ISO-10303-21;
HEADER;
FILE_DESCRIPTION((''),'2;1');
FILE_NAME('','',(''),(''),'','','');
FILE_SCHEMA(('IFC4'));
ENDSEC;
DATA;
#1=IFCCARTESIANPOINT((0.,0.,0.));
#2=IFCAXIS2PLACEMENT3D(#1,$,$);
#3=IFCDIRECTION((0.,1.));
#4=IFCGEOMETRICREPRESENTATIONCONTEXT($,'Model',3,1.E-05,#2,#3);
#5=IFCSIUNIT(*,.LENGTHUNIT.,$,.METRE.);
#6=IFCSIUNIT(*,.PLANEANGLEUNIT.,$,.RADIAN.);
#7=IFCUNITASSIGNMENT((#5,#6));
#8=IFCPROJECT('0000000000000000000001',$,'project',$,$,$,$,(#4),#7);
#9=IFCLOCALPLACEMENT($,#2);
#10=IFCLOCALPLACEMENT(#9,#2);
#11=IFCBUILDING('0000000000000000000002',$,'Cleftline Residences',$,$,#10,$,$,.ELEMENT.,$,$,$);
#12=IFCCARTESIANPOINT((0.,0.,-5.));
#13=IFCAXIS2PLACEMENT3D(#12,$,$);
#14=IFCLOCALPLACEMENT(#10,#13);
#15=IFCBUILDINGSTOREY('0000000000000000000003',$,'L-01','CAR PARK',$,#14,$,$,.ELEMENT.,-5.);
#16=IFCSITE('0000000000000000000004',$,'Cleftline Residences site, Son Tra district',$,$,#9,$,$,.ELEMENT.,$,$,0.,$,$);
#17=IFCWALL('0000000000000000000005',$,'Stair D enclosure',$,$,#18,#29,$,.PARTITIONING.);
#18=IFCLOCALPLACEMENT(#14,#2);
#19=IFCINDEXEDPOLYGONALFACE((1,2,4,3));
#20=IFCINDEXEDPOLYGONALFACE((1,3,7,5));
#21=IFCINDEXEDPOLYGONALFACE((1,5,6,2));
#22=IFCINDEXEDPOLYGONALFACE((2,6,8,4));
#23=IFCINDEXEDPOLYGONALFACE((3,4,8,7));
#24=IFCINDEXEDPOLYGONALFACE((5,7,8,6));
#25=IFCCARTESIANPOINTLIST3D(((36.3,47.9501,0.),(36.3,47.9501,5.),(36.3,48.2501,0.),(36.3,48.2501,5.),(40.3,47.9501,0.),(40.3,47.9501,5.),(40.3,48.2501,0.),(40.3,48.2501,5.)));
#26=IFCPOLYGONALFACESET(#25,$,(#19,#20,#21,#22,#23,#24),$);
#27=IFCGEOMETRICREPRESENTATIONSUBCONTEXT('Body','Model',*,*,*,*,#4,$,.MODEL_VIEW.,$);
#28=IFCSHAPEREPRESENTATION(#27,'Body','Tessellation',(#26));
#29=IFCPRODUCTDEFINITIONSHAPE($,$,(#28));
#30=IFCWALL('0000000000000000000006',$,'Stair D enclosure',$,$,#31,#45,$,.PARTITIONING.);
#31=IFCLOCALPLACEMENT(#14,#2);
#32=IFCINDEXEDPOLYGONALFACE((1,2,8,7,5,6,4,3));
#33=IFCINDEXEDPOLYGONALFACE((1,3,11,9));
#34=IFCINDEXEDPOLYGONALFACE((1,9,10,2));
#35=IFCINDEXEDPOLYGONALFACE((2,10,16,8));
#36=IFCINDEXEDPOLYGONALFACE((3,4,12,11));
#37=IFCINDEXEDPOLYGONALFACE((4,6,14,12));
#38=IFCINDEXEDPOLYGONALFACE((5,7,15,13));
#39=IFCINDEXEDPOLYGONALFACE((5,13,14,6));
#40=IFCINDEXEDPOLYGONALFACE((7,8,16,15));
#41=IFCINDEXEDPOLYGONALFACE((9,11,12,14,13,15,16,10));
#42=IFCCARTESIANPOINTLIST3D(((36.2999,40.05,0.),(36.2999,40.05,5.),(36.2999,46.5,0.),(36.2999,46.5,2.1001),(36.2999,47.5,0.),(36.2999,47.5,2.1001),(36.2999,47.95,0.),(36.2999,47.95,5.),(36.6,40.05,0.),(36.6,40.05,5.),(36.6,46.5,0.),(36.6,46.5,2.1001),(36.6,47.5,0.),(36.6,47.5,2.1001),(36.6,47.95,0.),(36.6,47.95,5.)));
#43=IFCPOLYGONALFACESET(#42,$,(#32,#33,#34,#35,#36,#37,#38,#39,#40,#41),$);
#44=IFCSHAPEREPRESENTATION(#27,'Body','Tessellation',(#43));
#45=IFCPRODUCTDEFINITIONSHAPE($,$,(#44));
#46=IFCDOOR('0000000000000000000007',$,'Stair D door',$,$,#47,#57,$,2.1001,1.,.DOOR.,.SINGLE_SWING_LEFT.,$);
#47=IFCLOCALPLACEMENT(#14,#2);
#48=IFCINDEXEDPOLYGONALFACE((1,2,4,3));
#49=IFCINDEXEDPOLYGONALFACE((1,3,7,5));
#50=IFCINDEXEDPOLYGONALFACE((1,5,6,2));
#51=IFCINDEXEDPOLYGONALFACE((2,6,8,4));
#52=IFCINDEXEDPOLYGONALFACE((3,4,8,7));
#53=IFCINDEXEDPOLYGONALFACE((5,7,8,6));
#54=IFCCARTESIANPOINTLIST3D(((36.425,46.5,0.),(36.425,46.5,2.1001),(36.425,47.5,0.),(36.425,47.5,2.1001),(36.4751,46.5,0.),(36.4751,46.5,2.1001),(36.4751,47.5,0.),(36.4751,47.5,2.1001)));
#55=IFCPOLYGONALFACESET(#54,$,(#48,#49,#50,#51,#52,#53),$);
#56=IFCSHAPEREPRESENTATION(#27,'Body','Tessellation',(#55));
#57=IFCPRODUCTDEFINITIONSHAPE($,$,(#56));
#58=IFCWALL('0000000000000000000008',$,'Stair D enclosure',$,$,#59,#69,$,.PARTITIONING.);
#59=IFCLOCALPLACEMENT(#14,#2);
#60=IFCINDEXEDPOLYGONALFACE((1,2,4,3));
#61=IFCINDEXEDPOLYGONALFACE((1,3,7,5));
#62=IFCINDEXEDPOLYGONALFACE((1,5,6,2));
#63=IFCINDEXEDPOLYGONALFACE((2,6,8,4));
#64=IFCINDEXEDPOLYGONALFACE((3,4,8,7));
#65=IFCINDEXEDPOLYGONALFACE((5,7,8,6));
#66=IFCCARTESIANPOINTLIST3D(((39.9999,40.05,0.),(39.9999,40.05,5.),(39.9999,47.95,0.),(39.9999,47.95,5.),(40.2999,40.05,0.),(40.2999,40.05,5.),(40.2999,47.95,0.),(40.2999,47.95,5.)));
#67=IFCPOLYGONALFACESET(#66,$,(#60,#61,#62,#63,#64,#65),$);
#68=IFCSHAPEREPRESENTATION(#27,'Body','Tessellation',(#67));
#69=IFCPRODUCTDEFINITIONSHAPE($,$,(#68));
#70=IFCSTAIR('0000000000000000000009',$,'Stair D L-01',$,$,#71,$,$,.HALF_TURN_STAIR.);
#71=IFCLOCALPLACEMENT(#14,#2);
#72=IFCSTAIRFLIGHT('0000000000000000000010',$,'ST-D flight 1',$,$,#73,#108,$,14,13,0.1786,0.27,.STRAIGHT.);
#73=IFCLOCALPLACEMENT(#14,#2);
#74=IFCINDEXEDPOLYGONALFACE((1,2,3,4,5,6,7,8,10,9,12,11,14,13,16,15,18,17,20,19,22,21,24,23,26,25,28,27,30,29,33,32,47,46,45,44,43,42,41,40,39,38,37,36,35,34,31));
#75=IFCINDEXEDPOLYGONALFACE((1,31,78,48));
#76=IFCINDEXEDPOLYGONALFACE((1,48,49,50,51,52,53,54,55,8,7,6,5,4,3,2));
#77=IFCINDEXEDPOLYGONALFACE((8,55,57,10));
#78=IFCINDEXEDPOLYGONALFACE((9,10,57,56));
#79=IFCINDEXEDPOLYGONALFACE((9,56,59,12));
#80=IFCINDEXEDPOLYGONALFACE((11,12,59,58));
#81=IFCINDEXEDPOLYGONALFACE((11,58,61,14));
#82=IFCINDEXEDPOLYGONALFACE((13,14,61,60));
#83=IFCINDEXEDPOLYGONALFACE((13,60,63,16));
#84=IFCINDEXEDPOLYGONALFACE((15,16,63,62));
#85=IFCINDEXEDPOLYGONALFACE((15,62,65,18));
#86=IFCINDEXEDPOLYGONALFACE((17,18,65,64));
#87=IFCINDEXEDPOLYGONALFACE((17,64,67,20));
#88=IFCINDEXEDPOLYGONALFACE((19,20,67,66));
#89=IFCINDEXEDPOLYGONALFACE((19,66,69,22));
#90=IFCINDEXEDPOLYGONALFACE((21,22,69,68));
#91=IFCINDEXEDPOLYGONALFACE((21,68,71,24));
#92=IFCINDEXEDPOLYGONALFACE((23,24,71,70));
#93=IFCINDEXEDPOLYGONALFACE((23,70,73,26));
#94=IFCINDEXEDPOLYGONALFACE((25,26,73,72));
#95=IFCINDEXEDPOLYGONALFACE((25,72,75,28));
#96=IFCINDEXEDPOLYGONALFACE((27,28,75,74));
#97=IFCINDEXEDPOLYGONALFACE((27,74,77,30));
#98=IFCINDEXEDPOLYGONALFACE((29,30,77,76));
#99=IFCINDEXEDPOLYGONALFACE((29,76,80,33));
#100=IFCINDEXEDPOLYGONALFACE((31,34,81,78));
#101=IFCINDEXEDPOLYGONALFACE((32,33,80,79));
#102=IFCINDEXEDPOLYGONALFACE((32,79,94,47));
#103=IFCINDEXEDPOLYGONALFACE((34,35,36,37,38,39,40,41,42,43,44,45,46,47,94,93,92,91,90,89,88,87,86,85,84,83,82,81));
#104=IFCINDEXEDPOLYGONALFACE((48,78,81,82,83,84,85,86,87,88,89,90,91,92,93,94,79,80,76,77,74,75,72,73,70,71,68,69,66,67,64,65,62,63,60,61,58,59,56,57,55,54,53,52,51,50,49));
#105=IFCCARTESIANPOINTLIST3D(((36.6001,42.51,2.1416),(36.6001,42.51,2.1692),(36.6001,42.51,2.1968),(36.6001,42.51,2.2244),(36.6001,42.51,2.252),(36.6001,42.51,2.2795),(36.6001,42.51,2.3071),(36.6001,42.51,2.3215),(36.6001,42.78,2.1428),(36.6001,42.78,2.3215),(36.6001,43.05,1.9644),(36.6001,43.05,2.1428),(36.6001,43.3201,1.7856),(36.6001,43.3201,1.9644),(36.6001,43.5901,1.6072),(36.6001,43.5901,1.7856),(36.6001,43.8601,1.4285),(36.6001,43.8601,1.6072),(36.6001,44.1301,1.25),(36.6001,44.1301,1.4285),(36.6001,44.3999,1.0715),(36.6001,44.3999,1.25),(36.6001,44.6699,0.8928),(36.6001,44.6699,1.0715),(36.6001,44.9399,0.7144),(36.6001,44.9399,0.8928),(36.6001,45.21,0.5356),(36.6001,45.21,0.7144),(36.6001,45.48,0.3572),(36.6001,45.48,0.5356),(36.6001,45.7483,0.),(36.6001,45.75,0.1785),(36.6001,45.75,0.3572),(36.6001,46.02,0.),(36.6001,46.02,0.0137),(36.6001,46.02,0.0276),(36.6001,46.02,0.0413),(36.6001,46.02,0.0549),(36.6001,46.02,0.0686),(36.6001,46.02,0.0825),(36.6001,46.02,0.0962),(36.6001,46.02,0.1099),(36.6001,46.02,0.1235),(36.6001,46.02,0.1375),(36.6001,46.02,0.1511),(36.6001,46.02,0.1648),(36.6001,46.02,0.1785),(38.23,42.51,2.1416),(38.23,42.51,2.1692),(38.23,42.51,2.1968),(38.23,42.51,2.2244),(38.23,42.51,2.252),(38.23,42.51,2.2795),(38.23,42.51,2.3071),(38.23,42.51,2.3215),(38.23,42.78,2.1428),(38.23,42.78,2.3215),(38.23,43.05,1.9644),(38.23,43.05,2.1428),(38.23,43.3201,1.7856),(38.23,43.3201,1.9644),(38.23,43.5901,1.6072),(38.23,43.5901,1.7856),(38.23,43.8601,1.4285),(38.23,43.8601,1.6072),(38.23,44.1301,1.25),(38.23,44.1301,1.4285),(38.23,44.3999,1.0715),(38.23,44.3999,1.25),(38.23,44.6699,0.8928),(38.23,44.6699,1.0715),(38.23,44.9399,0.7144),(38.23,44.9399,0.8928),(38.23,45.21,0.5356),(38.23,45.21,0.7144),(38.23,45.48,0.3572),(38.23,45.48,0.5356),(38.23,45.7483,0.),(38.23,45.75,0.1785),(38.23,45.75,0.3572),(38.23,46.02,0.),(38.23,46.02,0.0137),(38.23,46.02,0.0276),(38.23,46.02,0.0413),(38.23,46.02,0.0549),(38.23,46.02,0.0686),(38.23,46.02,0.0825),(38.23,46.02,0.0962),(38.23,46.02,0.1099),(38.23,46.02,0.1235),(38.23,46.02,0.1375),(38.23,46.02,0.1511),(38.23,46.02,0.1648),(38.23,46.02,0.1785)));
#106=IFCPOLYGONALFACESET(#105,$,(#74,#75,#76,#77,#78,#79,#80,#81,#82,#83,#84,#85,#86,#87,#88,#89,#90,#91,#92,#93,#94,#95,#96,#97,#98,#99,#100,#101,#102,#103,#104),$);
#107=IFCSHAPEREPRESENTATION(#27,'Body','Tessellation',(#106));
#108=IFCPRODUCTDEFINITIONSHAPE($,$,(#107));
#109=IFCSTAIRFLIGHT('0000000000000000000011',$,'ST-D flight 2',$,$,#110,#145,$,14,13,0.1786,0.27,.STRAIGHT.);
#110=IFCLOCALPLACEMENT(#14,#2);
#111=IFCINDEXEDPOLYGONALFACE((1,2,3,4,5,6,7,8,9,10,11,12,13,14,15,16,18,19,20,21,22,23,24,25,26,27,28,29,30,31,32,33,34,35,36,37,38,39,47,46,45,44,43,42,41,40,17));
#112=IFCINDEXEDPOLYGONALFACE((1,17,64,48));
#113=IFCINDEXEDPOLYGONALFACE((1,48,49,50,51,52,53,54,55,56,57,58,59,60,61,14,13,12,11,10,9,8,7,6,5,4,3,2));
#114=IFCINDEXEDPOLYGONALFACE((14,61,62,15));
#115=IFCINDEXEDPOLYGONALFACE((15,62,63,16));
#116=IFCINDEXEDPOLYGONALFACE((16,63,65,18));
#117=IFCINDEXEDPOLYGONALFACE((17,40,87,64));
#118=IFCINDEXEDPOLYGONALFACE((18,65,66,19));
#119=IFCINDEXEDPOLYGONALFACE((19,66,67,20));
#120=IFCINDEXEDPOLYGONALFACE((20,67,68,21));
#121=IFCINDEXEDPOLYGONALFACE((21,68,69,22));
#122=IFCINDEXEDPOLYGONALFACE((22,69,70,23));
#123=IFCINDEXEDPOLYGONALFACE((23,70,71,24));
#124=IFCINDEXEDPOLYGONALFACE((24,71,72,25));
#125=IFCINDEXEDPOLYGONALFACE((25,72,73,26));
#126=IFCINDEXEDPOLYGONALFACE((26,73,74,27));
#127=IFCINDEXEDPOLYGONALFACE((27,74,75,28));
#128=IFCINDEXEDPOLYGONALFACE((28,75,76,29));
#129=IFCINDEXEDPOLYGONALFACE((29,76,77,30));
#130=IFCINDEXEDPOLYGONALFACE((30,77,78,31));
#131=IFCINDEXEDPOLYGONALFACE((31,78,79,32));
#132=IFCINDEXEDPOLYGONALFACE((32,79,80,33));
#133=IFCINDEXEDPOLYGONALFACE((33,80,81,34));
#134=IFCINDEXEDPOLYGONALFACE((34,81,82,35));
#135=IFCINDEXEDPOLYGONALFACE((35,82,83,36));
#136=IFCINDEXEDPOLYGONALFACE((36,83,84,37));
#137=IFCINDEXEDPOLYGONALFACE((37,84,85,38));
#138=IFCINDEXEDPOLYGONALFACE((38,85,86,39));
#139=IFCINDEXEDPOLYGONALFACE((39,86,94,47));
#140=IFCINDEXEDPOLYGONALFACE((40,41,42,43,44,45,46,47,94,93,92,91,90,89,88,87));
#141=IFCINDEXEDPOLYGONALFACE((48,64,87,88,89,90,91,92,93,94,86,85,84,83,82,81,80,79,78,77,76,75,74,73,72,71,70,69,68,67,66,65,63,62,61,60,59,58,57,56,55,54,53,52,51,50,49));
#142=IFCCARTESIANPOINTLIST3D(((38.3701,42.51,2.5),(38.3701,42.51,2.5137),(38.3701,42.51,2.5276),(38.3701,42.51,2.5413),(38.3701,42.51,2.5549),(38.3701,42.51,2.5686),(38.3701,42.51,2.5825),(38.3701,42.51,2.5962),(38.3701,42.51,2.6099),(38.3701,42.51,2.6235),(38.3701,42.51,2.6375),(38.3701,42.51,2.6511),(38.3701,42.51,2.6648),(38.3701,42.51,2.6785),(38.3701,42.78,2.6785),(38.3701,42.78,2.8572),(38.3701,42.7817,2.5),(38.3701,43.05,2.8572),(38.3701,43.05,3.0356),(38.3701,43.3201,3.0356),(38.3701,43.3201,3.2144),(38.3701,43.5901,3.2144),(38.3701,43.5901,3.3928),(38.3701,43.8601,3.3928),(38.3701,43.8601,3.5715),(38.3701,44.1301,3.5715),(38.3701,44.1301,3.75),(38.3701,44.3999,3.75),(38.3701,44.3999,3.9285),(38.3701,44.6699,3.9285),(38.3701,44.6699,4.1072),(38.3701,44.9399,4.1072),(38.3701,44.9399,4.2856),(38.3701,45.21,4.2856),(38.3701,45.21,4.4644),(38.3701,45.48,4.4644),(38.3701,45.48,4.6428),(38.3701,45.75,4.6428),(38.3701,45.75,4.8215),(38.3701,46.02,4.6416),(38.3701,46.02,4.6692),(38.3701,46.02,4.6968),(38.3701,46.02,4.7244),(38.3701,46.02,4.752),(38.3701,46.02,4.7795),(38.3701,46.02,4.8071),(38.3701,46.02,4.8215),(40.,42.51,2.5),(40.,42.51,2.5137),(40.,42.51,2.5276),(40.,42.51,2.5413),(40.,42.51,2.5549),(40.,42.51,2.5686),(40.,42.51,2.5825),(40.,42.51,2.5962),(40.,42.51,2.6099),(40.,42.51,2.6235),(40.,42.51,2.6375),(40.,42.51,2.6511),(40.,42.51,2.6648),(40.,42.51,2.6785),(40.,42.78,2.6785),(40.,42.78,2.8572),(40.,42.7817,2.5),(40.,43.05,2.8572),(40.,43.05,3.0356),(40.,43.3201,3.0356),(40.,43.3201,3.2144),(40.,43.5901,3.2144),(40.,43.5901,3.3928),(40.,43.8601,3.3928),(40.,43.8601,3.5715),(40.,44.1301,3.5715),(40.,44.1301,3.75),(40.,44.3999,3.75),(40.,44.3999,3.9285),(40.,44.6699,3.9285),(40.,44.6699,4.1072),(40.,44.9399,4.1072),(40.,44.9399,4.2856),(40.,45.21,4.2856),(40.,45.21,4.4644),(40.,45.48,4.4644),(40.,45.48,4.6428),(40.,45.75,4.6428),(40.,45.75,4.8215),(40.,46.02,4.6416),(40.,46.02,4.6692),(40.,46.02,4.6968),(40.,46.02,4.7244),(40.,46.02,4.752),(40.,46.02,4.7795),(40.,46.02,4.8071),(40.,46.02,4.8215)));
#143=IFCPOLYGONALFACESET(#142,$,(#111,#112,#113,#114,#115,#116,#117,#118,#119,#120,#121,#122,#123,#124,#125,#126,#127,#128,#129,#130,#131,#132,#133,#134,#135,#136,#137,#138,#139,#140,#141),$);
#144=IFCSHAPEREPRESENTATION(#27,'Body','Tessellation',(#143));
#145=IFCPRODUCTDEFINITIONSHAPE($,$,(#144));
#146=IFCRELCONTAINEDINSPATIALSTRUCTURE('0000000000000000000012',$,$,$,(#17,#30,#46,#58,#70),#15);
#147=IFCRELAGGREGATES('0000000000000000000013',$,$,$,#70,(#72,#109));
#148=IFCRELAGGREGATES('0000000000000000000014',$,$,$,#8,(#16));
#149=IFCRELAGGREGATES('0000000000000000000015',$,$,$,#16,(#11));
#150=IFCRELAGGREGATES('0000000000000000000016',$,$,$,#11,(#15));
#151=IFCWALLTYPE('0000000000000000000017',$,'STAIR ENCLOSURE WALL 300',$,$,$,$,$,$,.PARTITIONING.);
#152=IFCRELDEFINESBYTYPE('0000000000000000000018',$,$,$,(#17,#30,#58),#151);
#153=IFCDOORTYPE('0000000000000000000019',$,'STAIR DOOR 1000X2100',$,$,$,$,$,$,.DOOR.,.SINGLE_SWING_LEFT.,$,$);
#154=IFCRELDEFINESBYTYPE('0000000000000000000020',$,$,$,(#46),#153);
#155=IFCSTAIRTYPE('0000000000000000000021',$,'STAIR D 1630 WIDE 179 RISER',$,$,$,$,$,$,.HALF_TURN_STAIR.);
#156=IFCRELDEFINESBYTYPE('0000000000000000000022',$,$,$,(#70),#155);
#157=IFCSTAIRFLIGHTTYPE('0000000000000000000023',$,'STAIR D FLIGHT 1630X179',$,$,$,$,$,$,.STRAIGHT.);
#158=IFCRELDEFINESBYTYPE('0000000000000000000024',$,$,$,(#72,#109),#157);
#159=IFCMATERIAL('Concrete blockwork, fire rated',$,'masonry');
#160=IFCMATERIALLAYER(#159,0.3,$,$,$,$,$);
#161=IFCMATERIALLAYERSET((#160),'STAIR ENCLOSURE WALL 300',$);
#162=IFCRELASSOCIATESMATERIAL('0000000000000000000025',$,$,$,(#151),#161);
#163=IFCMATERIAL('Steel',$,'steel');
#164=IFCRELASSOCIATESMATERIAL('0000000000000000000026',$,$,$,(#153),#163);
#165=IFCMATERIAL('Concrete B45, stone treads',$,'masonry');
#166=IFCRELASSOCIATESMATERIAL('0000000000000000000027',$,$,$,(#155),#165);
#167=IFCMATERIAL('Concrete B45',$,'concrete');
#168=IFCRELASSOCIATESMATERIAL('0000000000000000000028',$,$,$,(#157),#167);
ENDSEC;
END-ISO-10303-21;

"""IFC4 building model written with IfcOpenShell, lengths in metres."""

from ifc_helpers import new_model, si_unit, direction, frame, frame_2d, origin, place, context, subcontext, project, spatial, polyline, rectangle, outline, extrude, material, layer, layer_set, type_object, element, fill, aggregate, save


model = new_model("IFC4")

# Units and contexts
model_context = context("Model", 3, precision=1e-05, world=origin(), true_north=direction((0.0, 1.0)))
body_context = subcontext(model_context, "Body", "Model", "MODEL_VIEW")
ifc_project = project(units=[si_unit("LENGTHUNIT", "METRE"), si_unit("PLANEANGLEUNIT", "RADIAN")], contexts=[model_context])

# Site, building, storey
site_placement = place(None, origin())
site = spatial("IfcSite", under=ifc_project, at=site_placement, Name="Cleftline Residences site, Son Tra district", CompositionType="ELEMENT", RefElevation=0.0)
building_placement = place(site_placement, origin())
building = spatial("IfcBuilding", under=site, at=building_placement, Name="Cleftline Residences", CompositionType="ELEMENT")
storey_placement = place(building_placement, frame((0.0, 0.0, -5.0)))
storey = spatial("IfcBuildingStorey", under=building, at=storey_placement, Name="L-01", Description="CAR PARK", CompositionType="ELEMENT", Elevation=-5.0)

# Wall
ifc_material_1 = material(Name="Concrete blockwork, fire rated", Category="masonry")
ifc_layer_1 = layer(ifc_material_1, 0.3)
ifc_layer_set_1 = layer_set([ifc_layer_1], Name="STAIR ENCLOSURE WALL 300")
wall_type_1 = type_object("IfcWallType", Name="STAIR ENCLOSURE WALL 300", PredefinedType="PARTITIONING", material=ifc_layer_set_1)
for number, where, z_axis, x_axis, name in (
    (1, (36.3, 48.1001, 0.0), (0.0, 0.0, 1.0), (1.0, 0.0, 0.0), "Stair D enclosure"),
):
    element("IfcWall", number, at=place(storey_placement, frame(where, z_axis=z_axis, x_axis=x_axis)), inside=storey, type_object=wall_type_1, Name=name, PredefinedType="PARTITIONING", context=body_context, shape_type="SweptSolid", body=[
        extrude(rectangle(XDim=4.0, YDim=0.3, at=frame_2d((2.0, 0.0))), origin(), (0.0, 0.0, 1.0), 5.0),
    ])

# Wall, opening, door
wall_1_placement = place(storey_placement, frame((36.45, 40.05, 0.0), z_axis=(0.0, 0.0, 1.0), x_axis=(0.0, 1.0, 0.0)))
wall_1 = element("IfcWall", 2, at=wall_1_placement, inside=storey, type_object=wall_type_1, Name="Stair D enclosure", PredefinedType="PARTITIONING", context=body_context, shape_type="SweptSolid", body=[
    extrude(rectangle(XDim=7.8999, YDim=0.3, at=frame_2d((3.95, 0.0))), origin(), (0.0, 0.0, 1.0), 5.0),
])
opening_1_placement = place(wall_1_placement, frame((6.45, 0.0, 0.0)))
opening_1 = element("IfcOpeningElement", 3, at=opening_1_placement, cuts=wall_1, PredefinedType="OPENING", context=body_context, shape_type="SweptSolid", body=[
    extrude(rectangle(XDim=1.0, YDim=2.1001, at=frame_2d((0.5, 1.05))), frame((0.0, 0.1599, 0.0), z_axis=(0.0, -1.0, 0.0), x_axis=(1.0, 0.0, 0.0)), (0.0, 0.0, 1.0), 0.3201),
])
ifc_material_2 = material(Name="Steel", Category="steel")
door_type_1 = type_object("IfcDoorType", Name="STAIR DOOR 1000X2100", OperationType="SINGLE_SWING_LEFT", PredefinedType="DOOR", material=ifc_material_2)
door_1_placement = place(opening_1_placement, origin())
door_1 = element("IfcDoor", 4, at=door_1_placement, inside=storey, type_object=door_type_1, Name="Stair D door", OperationType="SINGLE_SWING_LEFT", OverallHeight=2.1001, OverallWidth=1.0, PredefinedType="DOOR", context=body_context, shape_type="SweptSolid", body=[
    extrude(rectangle(XDim=1.0, YDim=2.1001, at=frame_2d((0.5, 1.05))), frame((0.0, 0.0249, 0.0), z_axis=(0.0, -1.0, 0.0), x_axis=(1.0, 0.0, 0.0)), (0.0, 0.0, 1.0), 0.05),
])
fill(opening_1, door_1)

# Wall
wall_2_placement = place(storey_placement, frame((40.1499, 40.05, 0.0), z_axis=(0.0, 0.0, 1.0), x_axis=(0.0, 1.0, 0.0)))
element("IfcWall", 5, at=wall_2_placement, inside=storey, type_object=wall_type_1, Name="Stair D enclosure", PredefinedType="PARTITIONING", context=body_context, shape_type="SweptSolid", body=[
    extrude(rectangle(XDim=7.8999, YDim=0.3, at=frame_2d((3.95, 0.0))), origin(), (0.0, 0.0, 1.0), 5.0),
])

# Stair, stair flights
ifc_material_3 = material(Name="Concrete B45, stone treads", Category="masonry")
stair_type = type_object("IfcStairType", Name="STAIR D 1630 WIDE 179 RISER", PredefinedType="HALF_TURN_STAIR", material=ifc_material_3)
stair_placement = place(storey_placement, origin())
stair = element("IfcStair", 6, at=stair_placement, inside=storey, type_object=stair_type, Name="Stair D L-01", PredefinedType="HALF_TURN_STAIR")
ifc_material_4 = material(Name="Concrete B45", Category="concrete")
stair_flight_type = type_object("IfcStairFlightType", Name="STAIR D FLIGHT 1630X179", PredefinedType="STRAIGHT", material=ifc_material_4)
stair_flight_1_placement = place(storey_placement, frame((37.415, 46.02, 0.0), z_axis=(0.0, 0.0, 1.0), x_axis=(0.0, -1.0, 0.0)))
stair_flight_1 = element("IfcStairFlight", 7, at=stair_flight_1_placement, type_object=stair_flight_type, Name="ST-D flight 1", NumberOfRisers=14, NumberOfTreads=13, PredefinedType="STRAIGHT", RiserHeight=0.1786, TreadLength=0.27, context=body_context, shape_type="SweptSolid", body=[
    extrude(outline(polyline([(0.0, 0.0), (0.0, 0.0137), (0.0, 0.0276), (0.0, 0.0413), (0.0, 0.0549), (0.0, 0.0686), (0.0, 0.0825), (0.0, 0.0962), (0.0, 0.1099), (0.0, 0.1235), (0.0, 0.1375), (0.0, 0.1511), (0.0, 0.1648), (0.0, 0.1785), (0.27, 0.1785), (0.27, 0.3572), (0.54, 0.3572), (0.54, 0.5356), (0.8101, 0.5356), (0.8101, 0.7144), (1.0801, 0.7144), (1.0801, 0.8928), (1.3501, 0.8928), (1.3501, 1.0715), (1.6201, 1.0715), (1.6201, 1.25), (1.8899, 1.25), (1.8899, 1.4285), (2.1599, 1.4285), (2.1599, 1.6072), (2.4299, 1.6072), (2.4299, 1.7856), (2.7, 1.7856), (2.7, 1.9644), (2.97, 1.9644), (2.97, 2.1428), (3.24, 2.1428), (3.24, 2.3215), (3.51, 2.3215), (3.51, 2.5), (3.51, 2.4724), (3.51, 2.4448), (3.51, 2.4172), (3.51, 2.3896), (3.51, 2.3623), (3.51, 2.3347), (3.51, 2.3071), (3.51, 2.2795), (3.51, 2.252), (3.51, 2.2244), (3.51, 2.1968), (3.51, 2.1692), (3.51, 2.1416), (0.2717, 0.0), (0.0, 0.0)])), frame((0.0, 0.8149, 0.0), z_axis=(0.0, -1.0, 0.0), x_axis=(1.0, 0.0, 0.0)), (0.0, 0.0, 1.0), 1.6299),
])
stair_flight_2_placement = place(storey_placement, frame((39.1851, 42.51, 2.5), z_axis=(0.0, 0.0, 1.0), x_axis=(0.0, 1.0, 0.0)))
stair_flight_2 = element("IfcStairFlight", 8, at=stair_flight_2_placement, type_object=stair_flight_type, Name="ST-D flight 2", NumberOfRisers=14, NumberOfTreads=13, PredefinedType="STRAIGHT", RiserHeight=0.1786, TreadLength=0.27, context=body_context, shape_type="SweptSolid", body=[
    extrude(outline(polyline([(0.0, 0.0), (0.0, 0.0137), (0.0, 0.0276), (0.0, 0.0413), (0.0, 0.0549), (0.0, 0.0686), (0.0, 0.0825), (0.0, 0.0962), (0.0, 0.1099), (0.0, 0.1235), (0.0, 0.1375), (0.0, 0.1511), (0.0, 0.1648), (0.0, 0.1785), (0.27, 0.1785), (0.27, 0.3572), (0.54, 0.3572), (0.54, 0.5356), (0.8101, 0.5356), (0.8101, 0.7144), (1.0801, 0.7144), (1.0801, 0.8928), (1.3501, 0.8928), (1.3501, 1.0715), (1.6201, 1.0715), (1.6201, 1.25), (1.8899, 1.25), (1.8899, 1.4285), (2.1599, 1.4285), (2.1599, 1.6072), (2.4299, 1.6072), (2.4299, 1.7856), (2.7, 1.7856), (2.7, 1.9644), (2.97, 1.9644), (2.97, 2.1428), (3.24, 2.1428), (3.24, 2.3215), (3.51, 2.3215), (3.51, 2.5), (3.51, 2.4724), (3.51, 2.4448), (3.51, 2.4172), (3.51, 2.3896), (3.51, 2.3623), (3.51, 2.3347), (3.51, 2.3071), (3.51, 2.2795), (3.51, 2.252), (3.51, 2.2244), (3.51, 2.1968), (3.51, 2.1692), (3.51, 2.1416), (0.2717, 0.0), (0.0, 0.0)])), frame((0.0, 0.8149, 0.0), z_axis=(0.0, -1.0, 0.0), x_axis=(1.0, 0.0, 0.0)), (0.0, 0.0, 1.0), 1.6299),
])
aggregate(stair, [stair_flight_1, stair_flight_2])

save(model, "model.ifc")
